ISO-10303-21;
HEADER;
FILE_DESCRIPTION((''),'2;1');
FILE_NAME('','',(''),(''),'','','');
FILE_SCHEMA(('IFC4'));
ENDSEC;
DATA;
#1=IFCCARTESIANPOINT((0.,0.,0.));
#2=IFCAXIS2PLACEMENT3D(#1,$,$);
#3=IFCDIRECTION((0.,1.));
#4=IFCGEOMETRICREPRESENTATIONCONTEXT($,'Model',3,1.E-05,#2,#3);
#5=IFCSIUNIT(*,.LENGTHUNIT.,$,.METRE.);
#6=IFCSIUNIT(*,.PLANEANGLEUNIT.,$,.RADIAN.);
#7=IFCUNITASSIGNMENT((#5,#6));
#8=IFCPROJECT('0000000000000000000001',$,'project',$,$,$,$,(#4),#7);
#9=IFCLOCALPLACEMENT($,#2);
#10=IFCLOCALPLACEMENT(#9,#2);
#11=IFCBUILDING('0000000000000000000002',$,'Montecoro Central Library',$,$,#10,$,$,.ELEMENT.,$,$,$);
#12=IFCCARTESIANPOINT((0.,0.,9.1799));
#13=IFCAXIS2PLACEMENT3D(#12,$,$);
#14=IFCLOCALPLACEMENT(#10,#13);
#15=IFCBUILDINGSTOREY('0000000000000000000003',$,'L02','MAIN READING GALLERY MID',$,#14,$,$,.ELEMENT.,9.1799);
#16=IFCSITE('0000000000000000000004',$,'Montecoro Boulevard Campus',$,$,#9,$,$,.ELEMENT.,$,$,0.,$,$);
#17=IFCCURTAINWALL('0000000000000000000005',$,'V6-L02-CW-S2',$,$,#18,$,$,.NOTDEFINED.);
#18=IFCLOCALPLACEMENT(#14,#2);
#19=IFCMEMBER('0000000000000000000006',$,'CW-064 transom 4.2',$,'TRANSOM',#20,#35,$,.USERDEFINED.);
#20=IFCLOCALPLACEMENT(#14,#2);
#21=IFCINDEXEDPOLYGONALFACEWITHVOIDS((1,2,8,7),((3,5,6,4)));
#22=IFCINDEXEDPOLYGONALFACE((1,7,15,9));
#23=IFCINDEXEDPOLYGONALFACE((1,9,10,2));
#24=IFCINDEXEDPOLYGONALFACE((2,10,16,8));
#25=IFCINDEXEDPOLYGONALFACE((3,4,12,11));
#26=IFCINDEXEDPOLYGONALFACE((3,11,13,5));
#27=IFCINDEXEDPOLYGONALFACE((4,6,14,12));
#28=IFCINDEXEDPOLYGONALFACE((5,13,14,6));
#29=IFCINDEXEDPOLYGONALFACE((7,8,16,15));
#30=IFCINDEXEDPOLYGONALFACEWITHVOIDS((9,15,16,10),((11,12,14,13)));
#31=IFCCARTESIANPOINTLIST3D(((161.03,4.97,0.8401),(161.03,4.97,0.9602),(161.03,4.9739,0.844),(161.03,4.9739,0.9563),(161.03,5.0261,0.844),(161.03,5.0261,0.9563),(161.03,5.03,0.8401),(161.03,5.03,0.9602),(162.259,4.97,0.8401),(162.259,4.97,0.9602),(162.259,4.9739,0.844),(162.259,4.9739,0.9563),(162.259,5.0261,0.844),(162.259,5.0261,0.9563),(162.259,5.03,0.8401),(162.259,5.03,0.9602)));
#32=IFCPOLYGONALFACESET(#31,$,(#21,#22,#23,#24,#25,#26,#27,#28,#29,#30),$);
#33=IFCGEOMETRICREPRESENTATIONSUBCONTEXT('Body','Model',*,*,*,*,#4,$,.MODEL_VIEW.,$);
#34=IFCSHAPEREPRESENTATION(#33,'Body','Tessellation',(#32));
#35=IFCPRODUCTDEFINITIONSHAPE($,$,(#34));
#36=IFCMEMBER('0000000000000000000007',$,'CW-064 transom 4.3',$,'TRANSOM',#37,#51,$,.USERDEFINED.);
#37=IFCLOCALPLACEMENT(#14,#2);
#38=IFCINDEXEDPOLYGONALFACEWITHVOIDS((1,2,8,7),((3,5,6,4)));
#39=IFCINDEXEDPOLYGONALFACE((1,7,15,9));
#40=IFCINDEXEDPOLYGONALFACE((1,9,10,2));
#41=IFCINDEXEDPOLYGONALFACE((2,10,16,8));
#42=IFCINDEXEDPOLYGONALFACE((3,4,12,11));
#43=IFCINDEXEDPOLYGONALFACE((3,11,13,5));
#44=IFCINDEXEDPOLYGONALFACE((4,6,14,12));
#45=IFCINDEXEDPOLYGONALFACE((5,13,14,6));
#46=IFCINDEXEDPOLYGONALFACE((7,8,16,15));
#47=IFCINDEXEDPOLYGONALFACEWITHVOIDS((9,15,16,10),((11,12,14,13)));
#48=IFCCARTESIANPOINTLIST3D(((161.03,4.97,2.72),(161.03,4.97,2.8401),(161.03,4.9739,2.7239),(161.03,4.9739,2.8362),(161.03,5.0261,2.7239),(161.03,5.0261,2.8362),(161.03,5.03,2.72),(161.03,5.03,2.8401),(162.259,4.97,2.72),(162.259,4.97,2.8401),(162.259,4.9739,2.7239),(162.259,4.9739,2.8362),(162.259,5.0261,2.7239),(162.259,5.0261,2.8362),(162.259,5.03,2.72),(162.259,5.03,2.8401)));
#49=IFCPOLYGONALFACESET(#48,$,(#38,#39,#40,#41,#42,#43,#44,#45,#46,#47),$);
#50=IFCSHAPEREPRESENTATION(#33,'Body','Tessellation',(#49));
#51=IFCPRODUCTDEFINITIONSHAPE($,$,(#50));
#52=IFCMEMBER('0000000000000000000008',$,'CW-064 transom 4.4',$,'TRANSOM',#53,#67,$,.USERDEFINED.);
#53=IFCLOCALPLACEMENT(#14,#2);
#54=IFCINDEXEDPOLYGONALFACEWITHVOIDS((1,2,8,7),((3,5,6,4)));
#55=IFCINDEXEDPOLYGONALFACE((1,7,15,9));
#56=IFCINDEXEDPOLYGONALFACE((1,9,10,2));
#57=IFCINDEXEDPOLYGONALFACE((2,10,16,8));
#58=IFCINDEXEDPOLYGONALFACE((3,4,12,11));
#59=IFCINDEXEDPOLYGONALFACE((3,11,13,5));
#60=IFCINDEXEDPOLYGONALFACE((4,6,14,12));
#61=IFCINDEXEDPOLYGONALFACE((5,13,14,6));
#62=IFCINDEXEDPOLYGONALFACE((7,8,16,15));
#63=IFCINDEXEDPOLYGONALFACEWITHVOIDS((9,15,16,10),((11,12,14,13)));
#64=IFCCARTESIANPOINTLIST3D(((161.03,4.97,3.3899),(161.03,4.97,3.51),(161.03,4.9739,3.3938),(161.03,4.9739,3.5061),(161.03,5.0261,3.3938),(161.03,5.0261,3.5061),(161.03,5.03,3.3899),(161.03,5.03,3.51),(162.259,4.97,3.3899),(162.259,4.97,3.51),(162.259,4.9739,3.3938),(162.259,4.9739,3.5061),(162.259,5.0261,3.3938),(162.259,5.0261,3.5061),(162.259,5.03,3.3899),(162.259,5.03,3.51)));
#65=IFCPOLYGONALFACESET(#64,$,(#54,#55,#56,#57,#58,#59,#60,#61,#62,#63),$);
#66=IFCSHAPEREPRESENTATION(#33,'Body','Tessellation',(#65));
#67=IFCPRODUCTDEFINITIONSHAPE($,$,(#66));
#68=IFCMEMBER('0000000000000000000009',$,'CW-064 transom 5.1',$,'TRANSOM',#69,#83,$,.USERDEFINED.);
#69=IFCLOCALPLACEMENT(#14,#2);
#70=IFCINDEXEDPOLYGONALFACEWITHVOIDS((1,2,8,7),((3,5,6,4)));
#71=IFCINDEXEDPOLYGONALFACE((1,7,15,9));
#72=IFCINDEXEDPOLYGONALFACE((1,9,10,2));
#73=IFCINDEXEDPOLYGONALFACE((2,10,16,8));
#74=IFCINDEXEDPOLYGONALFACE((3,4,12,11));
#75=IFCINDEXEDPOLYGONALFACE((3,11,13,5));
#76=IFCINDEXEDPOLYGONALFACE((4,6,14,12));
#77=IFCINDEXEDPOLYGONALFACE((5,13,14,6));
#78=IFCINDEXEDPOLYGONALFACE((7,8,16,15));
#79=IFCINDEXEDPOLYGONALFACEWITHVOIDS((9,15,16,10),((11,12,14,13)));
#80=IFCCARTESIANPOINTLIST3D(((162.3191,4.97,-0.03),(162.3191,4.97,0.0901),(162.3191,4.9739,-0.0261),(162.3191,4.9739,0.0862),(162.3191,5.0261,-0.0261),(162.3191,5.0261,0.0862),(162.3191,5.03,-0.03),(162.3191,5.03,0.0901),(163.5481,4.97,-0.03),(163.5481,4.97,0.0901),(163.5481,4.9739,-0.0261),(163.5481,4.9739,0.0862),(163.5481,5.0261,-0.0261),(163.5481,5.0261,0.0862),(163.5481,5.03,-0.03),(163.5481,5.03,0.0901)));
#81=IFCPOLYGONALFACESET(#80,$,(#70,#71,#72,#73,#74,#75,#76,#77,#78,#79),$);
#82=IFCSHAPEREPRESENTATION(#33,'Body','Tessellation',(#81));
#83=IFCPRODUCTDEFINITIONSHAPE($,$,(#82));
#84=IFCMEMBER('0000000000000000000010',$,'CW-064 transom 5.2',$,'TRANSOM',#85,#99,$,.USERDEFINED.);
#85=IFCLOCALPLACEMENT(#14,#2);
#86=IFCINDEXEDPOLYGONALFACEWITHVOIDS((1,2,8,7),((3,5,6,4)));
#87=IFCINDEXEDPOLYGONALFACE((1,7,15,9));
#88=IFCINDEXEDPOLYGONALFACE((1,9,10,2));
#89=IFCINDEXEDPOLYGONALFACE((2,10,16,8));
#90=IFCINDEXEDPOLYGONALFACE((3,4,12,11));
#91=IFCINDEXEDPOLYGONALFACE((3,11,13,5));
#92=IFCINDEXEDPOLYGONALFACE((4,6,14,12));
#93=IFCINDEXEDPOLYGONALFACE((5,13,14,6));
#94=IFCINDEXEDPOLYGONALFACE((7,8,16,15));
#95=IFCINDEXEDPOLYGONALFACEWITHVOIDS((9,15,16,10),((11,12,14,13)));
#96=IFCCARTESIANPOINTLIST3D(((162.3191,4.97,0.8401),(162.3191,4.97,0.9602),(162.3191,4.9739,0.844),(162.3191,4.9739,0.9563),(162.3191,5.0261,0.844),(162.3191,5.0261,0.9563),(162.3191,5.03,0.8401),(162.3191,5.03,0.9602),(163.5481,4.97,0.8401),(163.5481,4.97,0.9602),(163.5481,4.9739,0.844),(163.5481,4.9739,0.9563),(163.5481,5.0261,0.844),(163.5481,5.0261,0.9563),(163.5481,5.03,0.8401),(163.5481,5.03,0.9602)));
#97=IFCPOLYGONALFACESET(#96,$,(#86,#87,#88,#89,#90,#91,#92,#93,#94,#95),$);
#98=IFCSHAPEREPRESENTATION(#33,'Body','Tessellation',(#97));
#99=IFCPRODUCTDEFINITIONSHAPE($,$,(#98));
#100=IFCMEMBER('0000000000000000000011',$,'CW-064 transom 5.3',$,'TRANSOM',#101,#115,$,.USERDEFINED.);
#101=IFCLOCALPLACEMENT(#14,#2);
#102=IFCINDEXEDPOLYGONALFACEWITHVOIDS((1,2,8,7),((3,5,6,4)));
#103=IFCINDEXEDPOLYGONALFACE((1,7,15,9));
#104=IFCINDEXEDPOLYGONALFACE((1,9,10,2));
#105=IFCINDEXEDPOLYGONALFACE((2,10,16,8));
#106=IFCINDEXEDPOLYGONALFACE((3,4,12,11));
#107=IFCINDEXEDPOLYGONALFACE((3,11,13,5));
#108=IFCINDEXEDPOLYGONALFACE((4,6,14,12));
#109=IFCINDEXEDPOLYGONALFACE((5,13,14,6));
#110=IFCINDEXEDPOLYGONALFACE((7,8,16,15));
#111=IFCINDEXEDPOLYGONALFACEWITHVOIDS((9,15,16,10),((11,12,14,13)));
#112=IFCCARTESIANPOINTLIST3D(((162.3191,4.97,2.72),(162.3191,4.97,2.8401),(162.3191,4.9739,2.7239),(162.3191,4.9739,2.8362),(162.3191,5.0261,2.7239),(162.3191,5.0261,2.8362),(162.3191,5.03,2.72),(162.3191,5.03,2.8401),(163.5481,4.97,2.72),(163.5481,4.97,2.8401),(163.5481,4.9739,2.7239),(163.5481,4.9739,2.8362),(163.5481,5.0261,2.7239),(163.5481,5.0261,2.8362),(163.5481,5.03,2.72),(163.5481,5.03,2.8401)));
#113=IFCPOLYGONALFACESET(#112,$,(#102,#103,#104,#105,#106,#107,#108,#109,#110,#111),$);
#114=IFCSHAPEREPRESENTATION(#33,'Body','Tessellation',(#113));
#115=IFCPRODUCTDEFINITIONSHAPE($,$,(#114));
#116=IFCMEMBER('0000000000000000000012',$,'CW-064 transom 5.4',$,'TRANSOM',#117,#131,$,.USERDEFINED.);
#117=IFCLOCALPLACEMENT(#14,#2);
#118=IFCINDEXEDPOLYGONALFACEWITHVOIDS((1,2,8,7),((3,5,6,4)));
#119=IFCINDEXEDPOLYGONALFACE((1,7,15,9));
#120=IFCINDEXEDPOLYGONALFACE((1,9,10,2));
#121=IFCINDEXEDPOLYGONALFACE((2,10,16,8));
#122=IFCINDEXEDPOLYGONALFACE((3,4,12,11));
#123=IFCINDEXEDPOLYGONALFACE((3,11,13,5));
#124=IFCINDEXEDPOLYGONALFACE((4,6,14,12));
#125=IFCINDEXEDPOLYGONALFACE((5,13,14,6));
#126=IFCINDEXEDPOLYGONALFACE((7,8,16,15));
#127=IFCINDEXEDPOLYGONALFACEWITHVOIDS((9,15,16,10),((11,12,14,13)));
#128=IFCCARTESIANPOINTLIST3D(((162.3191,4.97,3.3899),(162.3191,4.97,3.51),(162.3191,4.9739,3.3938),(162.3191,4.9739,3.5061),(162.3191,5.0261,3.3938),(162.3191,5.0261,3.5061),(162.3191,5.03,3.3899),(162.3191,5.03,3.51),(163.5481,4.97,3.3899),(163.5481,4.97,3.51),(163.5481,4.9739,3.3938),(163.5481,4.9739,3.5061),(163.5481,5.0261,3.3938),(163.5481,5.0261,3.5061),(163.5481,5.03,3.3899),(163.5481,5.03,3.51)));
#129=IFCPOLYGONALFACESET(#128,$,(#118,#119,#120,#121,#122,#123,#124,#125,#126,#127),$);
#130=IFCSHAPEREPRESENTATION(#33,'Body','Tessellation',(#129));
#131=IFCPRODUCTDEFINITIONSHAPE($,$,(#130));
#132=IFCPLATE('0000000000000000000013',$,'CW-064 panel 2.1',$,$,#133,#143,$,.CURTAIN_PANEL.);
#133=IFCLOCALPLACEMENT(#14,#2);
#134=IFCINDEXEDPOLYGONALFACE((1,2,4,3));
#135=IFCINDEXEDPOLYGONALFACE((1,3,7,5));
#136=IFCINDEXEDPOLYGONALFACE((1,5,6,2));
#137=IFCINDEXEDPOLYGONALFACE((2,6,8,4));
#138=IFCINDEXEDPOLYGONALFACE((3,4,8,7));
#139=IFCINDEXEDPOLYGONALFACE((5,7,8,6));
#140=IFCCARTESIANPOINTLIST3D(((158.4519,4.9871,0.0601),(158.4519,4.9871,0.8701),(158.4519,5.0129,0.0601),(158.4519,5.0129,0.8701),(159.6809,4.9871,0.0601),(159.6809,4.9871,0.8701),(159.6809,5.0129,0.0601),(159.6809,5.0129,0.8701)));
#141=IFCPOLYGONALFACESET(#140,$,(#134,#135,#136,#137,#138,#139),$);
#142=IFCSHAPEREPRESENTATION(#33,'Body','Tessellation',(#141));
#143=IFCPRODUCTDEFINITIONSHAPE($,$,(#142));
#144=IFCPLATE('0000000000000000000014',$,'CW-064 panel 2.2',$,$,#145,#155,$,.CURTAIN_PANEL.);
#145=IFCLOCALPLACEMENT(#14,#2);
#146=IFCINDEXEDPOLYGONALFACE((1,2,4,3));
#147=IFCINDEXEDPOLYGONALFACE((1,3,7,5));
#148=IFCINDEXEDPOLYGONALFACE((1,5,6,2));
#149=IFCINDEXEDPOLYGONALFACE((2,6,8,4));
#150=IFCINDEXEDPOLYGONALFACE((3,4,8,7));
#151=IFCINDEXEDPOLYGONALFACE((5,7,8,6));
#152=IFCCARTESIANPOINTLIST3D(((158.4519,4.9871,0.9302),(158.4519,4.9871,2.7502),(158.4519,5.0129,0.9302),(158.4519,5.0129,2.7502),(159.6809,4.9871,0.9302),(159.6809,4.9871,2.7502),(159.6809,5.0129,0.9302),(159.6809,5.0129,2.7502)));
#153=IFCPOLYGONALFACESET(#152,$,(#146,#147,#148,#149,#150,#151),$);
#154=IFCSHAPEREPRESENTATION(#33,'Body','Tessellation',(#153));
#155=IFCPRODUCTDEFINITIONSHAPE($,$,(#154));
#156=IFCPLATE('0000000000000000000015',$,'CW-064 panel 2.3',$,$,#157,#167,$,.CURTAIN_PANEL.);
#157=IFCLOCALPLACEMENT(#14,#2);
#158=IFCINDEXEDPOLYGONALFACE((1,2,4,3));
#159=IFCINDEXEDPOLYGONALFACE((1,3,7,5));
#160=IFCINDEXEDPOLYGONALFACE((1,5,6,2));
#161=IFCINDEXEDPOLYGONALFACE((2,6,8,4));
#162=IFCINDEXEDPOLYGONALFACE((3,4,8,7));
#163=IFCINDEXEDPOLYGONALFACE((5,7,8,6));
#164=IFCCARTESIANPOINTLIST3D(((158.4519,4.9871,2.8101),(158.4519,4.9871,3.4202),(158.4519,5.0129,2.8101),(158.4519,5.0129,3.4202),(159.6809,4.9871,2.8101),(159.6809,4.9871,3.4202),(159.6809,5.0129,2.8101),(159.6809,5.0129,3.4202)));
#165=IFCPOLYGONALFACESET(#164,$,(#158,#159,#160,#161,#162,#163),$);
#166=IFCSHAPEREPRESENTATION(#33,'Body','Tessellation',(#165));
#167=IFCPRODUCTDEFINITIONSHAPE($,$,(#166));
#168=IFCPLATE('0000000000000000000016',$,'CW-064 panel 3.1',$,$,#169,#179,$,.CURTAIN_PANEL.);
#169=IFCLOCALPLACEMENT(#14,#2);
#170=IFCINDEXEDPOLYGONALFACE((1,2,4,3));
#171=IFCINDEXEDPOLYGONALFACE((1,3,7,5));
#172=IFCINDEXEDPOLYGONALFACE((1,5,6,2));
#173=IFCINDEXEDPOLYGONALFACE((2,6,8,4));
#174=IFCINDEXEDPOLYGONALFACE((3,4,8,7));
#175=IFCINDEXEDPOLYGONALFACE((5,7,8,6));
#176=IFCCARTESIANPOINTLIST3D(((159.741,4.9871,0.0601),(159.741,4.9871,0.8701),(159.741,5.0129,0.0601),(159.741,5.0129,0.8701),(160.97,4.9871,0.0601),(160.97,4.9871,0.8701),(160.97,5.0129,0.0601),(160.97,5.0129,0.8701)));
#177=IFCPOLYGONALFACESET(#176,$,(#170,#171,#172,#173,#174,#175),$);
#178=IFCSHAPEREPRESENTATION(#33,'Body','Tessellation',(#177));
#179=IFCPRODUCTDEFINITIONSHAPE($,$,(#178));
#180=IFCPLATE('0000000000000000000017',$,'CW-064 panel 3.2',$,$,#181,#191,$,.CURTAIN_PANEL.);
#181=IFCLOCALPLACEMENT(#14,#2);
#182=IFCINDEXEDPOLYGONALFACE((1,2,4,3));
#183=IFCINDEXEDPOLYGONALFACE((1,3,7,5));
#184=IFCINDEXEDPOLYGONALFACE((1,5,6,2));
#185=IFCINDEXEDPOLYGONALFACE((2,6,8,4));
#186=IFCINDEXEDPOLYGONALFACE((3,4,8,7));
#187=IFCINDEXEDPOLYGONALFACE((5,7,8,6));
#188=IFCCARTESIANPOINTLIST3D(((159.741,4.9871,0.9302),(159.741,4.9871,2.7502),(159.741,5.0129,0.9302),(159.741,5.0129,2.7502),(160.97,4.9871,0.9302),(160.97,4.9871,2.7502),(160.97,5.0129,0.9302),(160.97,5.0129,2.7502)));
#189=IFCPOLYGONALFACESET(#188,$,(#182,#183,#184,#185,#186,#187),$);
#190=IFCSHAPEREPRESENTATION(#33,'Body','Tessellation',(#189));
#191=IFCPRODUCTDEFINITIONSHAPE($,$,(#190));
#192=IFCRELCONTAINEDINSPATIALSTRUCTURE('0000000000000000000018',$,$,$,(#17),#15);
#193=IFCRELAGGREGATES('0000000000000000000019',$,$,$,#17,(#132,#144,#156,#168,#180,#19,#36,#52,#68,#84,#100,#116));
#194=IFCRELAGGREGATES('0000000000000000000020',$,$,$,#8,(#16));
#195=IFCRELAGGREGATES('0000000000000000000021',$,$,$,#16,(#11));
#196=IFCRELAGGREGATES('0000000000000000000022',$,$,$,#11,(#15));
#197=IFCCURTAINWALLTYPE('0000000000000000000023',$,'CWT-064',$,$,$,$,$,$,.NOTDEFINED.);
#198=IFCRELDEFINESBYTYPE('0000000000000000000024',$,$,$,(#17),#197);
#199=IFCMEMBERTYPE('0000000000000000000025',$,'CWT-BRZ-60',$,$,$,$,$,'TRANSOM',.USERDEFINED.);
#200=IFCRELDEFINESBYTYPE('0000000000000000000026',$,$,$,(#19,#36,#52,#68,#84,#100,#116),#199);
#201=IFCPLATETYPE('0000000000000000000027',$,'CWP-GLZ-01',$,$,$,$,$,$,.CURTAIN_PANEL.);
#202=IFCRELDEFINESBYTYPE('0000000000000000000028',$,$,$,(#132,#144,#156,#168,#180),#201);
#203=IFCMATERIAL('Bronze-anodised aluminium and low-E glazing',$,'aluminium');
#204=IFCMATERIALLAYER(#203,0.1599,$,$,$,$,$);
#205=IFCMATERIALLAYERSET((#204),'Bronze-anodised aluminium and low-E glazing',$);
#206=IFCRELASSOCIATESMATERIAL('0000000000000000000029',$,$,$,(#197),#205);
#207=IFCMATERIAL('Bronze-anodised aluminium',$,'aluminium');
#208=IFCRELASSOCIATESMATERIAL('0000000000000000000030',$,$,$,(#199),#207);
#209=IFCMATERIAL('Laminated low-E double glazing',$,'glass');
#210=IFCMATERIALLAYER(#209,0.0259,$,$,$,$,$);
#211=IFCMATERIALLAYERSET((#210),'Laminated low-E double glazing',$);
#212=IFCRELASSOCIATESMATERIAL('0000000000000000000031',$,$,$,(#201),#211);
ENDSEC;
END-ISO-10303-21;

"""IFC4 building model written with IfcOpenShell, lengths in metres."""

from ifc_helpers import new_model, si_unit, direction, frame, origin, origin_2d, place, context, subcontext, project, spatial, rectangle, hollow_rectangle, extrude, material, layer, layer_set, material_profile, profile_set, type_object, element, aggregate, save


model = new_model("IFC4")

# Units and contexts
model_context = context("Model", 3, precision=1e-05, world=origin(), true_north=direction((0.0, 1.0)))
body_context = subcontext(model_context, "Body", "Model", "MODEL_VIEW")
ifc_project = project(units=[si_unit("LENGTHUNIT", "METRE"), si_unit("PLANEANGLEUNIT", "RADIAN")], contexts=[model_context])

# Site, building, storey
site_placement = place(None, origin())
site = spatial("IfcSite", under=ifc_project, at=site_placement, Name="Montecoro Boulevard Campus", CompositionType="ELEMENT", RefElevation=0.0)
building_placement = place(site_placement, origin())
building = spatial("IfcBuilding", under=site, at=building_placement, Name="Montecoro Central Library", CompositionType="ELEMENT")
storey_placement = place(building_placement, frame((0.0, 0.0, 9.1799)))
storey = spatial("IfcBuildingStorey", under=building, at=storey_placement, Name="L02", Description="MAIN READING GALLERY MID", CompositionType="ELEMENT", Elevation=9.1799)

# Curtain wall, members, plates
ifc_material_1 = material(Name="Bronze-anodised aluminium and low-E glazing", Category="aluminium")
ifc_layer_1 = layer(ifc_material_1, 0.1599)
ifc_layer_set_1 = layer_set([ifc_layer_1], Name="Bronze-anodised aluminium and low-E glazing")
curtain_wall_type = type_object("IfcCurtainWallType", Name="CWT-064", PredefinedType="NOTDEFINED", material=ifc_layer_set_1)
curtain_wall_placement = place(storey_placement, origin())
curtain_wall = element("IfcCurtainWall", 1, at=curtain_wall_placement, inside=storey, type_object=curtain_wall_type, Name="V6-L02-CW-S2", PredefinedType="NOTDEFINED")
ifc_material_2 = material(Name="Bronze-anodised aluminium", Category="aluminium")
ifc_material_profile_1 = material_profile(ifc_material_2, hollow_rectangle(XDim=0.0601, YDim=0.1201, WallThickness=0.0039, at=origin_2d()), Name="CWT 120x60x4.0")
ifc_profile_set_1 = profile_set([ifc_material_profile_1], Name="Bronze-anodised aluminium")
member_type_1 = type_object("IfcMemberType", Name="CWT-BRZ-60", ElementType="TRANSOM", PredefinedType="USERDEFINED", material=ifc_profile_set_1)
member_1_placement = place(storey_placement, frame((161.03, 5.0, 0.9001), z_axis=(1.0, 0.0, 0.0), x_axis=(0.0, 1.0, 0.0)))
member_1 = element("IfcMember", 2, at=member_1_placement, type_object=member_type_1, Name="CW-064 transom 4.2", ObjectType="TRANSOM", PredefinedType="USERDEFINED", context=body_context, shape_type="SweptSolid", body=[
    extrude(hollow_rectangle(XDim=0.0601, YDim=0.1201, WallThickness=0.0039, at=origin_2d()), origin(), (0.0, 0.0, 1.0), 1.229),
])
member_2_placement = place(storey_placement, frame((161.03, 5.0, 2.78), z_axis=(1.0, 0.0, 0.0), x_axis=(0.0, 1.0, 0.0)))
member_2 = element("IfcMember", 3, at=member_2_placement, type_object=member_type_1, Name="CW-064 transom 4.3", ObjectType="TRANSOM", PredefinedType="USERDEFINED", context=body_context, shape_type="SweptSolid", body=[
    extrude(hollow_rectangle(XDim=0.0601, YDim=0.1201, WallThickness=0.0039, at=origin_2d()), origin(), (0.0, 0.0, 1.0), 1.229),
])
member_3_placement = place(storey_placement, frame((161.03, 5.0, 3.45), z_axis=(1.0, 0.0, 0.0), x_axis=(0.0, 1.0, 0.0)))
member_3 = element("IfcMember", 4, at=member_3_placement, type_object=member_type_1, Name="CW-064 transom 4.4", ObjectType="TRANSOM", PredefinedType="USERDEFINED", context=body_context, shape_type="SweptSolid", body=[
    extrude(hollow_rectangle(XDim=0.0601, YDim=0.1201, WallThickness=0.0039, at=origin_2d()), origin(), (0.0, 0.0, 1.0), 1.229),
])
member_4_placement = place(storey_placement, frame((162.3191, 5.0, 0.03), z_axis=(1.0, 0.0, 0.0), x_axis=(0.0, 1.0, 0.0)))
member_4 = element("IfcMember", 5, at=member_4_placement, type_object=member_type_1, Name="CW-064 transom 5.1", ObjectType="TRANSOM", PredefinedType="USERDEFINED", context=body_context, shape_type="SweptSolid", body=[
    extrude(hollow_rectangle(XDim=0.0601, YDim=0.1201, WallThickness=0.0039, at=origin_2d()), origin(), (0.0, 0.0, 1.0), 1.229),
])
member_5_placement = place(storey_placement, frame((162.3191, 5.0, 0.9001), z_axis=(1.0, 0.0, 0.0), x_axis=(0.0, 1.0, 0.0)))
member_5 = element("IfcMember", 6, at=member_5_placement, type_object=member_type_1, Name="CW-064 transom 5.2", ObjectType="TRANSOM", PredefinedType="USERDEFINED", context=body_context, shape_type="SweptSolid", body=[
    extrude(hollow_rectangle(XDim=0.0601, YDim=0.1201, WallThickness=0.0039, at=origin_2d()), origin(), (0.0, 0.0, 1.0), 1.229),
])
member_6_placement = place(storey_placement, frame((162.3191, 5.0, 2.78), z_axis=(1.0, 0.0, 0.0), x_axis=(0.0, 1.0, 0.0)))
member_6 = element("IfcMember", 7, at=member_6_placement, type_object=member_type_1, Name="CW-064 transom 5.3", ObjectType="TRANSOM", PredefinedType="USERDEFINED", context=body_context, shape_type="SweptSolid", body=[
    extrude(hollow_rectangle(XDim=0.0601, YDim=0.1201, WallThickness=0.0039, at=origin_2d()), origin(), (0.0, 0.0, 1.0), 1.229),
])
member_7_placement = place(storey_placement, frame((162.3191, 5.0, 3.45), z_axis=(1.0, 0.0, 0.0), x_axis=(0.0, 1.0, 0.0)))
member_7 = element("IfcMember", 8, at=member_7_placement, type_object=member_type_1, Name="CW-064 transom 5.4", ObjectType="TRANSOM", PredefinedType="USERDEFINED", context=body_context, shape_type="SweptSolid", body=[
    extrude(hollow_rectangle(XDim=0.0601, YDim=0.1201, WallThickness=0.0039, at=origin_2d()), origin(), (0.0, 0.0, 1.0), 1.229),
])
ifc_material_3 = material(Name="Laminated low-E double glazing", Category="glass")
ifc_layer_2 = layer(ifc_material_3, 0.0259)
ifc_layer_set_2 = layer_set([ifc_layer_2], Name="Laminated low-E double glazing")
plate_type = type_object("IfcPlateType", Name="CWP-GLZ-01", PredefinedType="CURTAIN_PANEL", material=ifc_layer_set_2)
plate_1_placement = place(storey_placement, frame((159.0664, 5.0, 0.0601), z_axis=(0.0, 0.0, 1.0), x_axis=(1.0, 0.0, 0.0)))
plate_1 = element("IfcPlate", 9, at=plate_1_placement, type_object=plate_type, Name="CW-064 panel 2.1", PredefinedType="CURTAIN_PANEL", context=body_context, shape_type="SweptSolid", body=[
    extrude(rectangle(XDim=1.229, YDim=0.0259, at=origin_2d()), origin(), (0.0, 0.0, 1.0), 0.8101),
])
plate_2_placement = place(storey_placement, frame((159.0664, 5.0, 0.9302), z_axis=(0.0, 0.0, 1.0), x_axis=(1.0, 0.0, 0.0)))
plate_2 = element("IfcPlate", 10, at=plate_2_placement, type_object=plate_type, Name="CW-064 panel 2.2", PredefinedType="CURTAIN_PANEL", context=body_context, shape_type="SweptSolid", body=[
    extrude(rectangle(XDim=1.229, YDim=0.0259, at=origin_2d()), origin(), (0.0, 0.0, 1.0), 1.8201),
])
plate_3_placement = place(storey_placement, frame((159.0664, 5.0, 2.8101), z_axis=(0.0, 0.0, 1.0), x_axis=(1.0, 0.0, 0.0)))
plate_3 = element("IfcPlate", 11, at=plate_3_placement, type_object=plate_type, Name="CW-064 panel 2.3", PredefinedType="CURTAIN_PANEL", context=body_context, shape_type="SweptSolid", body=[
    extrude(rectangle(XDim=1.229, YDim=0.0259, at=origin_2d()), origin(), (0.0, 0.0, 1.0), 0.6101),
])
plate_4_placement = place(storey_placement, frame((160.3555, 5.0, 0.0601), z_axis=(0.0, 0.0, 1.0), x_axis=(1.0, 0.0, 0.0)))
plate_4 = element("IfcPlate", 12, at=plate_4_placement, type_object=plate_type, Name="CW-064 panel 3.1", PredefinedType="CURTAIN_PANEL", context=body_context, shape_type="SweptSolid", body=[
    extrude(rectangle(XDim=1.229, YDim=0.0259, at=origin_2d()), origin(), (0.0, 0.0, 1.0), 0.8101),
])
plate_5_placement = place(storey_placement, frame((160.3555, 5.0, 0.9302), z_axis=(0.0, 0.0, 1.0), x_axis=(1.0, 0.0, 0.0)))
plate_5 = element("IfcPlate", 13, at=plate_5_placement, type_object=plate_type, Name="CW-064 panel 3.2", PredefinedType="CURTAIN_PANEL", context=body_context, shape_type="SweptSolid", body=[
    extrude(rectangle(XDim=1.229, YDim=0.0259, at=origin_2d()), origin(), (0.0, 0.0, 1.0), 1.8201),
])
aggregate(curtain_wall, [plate_1, plate_2, plate_3, plate_4, plate_5, member_1, member_2, member_3, member_4, member_5, member_6, member_7])

save(model, "model.ifc")
